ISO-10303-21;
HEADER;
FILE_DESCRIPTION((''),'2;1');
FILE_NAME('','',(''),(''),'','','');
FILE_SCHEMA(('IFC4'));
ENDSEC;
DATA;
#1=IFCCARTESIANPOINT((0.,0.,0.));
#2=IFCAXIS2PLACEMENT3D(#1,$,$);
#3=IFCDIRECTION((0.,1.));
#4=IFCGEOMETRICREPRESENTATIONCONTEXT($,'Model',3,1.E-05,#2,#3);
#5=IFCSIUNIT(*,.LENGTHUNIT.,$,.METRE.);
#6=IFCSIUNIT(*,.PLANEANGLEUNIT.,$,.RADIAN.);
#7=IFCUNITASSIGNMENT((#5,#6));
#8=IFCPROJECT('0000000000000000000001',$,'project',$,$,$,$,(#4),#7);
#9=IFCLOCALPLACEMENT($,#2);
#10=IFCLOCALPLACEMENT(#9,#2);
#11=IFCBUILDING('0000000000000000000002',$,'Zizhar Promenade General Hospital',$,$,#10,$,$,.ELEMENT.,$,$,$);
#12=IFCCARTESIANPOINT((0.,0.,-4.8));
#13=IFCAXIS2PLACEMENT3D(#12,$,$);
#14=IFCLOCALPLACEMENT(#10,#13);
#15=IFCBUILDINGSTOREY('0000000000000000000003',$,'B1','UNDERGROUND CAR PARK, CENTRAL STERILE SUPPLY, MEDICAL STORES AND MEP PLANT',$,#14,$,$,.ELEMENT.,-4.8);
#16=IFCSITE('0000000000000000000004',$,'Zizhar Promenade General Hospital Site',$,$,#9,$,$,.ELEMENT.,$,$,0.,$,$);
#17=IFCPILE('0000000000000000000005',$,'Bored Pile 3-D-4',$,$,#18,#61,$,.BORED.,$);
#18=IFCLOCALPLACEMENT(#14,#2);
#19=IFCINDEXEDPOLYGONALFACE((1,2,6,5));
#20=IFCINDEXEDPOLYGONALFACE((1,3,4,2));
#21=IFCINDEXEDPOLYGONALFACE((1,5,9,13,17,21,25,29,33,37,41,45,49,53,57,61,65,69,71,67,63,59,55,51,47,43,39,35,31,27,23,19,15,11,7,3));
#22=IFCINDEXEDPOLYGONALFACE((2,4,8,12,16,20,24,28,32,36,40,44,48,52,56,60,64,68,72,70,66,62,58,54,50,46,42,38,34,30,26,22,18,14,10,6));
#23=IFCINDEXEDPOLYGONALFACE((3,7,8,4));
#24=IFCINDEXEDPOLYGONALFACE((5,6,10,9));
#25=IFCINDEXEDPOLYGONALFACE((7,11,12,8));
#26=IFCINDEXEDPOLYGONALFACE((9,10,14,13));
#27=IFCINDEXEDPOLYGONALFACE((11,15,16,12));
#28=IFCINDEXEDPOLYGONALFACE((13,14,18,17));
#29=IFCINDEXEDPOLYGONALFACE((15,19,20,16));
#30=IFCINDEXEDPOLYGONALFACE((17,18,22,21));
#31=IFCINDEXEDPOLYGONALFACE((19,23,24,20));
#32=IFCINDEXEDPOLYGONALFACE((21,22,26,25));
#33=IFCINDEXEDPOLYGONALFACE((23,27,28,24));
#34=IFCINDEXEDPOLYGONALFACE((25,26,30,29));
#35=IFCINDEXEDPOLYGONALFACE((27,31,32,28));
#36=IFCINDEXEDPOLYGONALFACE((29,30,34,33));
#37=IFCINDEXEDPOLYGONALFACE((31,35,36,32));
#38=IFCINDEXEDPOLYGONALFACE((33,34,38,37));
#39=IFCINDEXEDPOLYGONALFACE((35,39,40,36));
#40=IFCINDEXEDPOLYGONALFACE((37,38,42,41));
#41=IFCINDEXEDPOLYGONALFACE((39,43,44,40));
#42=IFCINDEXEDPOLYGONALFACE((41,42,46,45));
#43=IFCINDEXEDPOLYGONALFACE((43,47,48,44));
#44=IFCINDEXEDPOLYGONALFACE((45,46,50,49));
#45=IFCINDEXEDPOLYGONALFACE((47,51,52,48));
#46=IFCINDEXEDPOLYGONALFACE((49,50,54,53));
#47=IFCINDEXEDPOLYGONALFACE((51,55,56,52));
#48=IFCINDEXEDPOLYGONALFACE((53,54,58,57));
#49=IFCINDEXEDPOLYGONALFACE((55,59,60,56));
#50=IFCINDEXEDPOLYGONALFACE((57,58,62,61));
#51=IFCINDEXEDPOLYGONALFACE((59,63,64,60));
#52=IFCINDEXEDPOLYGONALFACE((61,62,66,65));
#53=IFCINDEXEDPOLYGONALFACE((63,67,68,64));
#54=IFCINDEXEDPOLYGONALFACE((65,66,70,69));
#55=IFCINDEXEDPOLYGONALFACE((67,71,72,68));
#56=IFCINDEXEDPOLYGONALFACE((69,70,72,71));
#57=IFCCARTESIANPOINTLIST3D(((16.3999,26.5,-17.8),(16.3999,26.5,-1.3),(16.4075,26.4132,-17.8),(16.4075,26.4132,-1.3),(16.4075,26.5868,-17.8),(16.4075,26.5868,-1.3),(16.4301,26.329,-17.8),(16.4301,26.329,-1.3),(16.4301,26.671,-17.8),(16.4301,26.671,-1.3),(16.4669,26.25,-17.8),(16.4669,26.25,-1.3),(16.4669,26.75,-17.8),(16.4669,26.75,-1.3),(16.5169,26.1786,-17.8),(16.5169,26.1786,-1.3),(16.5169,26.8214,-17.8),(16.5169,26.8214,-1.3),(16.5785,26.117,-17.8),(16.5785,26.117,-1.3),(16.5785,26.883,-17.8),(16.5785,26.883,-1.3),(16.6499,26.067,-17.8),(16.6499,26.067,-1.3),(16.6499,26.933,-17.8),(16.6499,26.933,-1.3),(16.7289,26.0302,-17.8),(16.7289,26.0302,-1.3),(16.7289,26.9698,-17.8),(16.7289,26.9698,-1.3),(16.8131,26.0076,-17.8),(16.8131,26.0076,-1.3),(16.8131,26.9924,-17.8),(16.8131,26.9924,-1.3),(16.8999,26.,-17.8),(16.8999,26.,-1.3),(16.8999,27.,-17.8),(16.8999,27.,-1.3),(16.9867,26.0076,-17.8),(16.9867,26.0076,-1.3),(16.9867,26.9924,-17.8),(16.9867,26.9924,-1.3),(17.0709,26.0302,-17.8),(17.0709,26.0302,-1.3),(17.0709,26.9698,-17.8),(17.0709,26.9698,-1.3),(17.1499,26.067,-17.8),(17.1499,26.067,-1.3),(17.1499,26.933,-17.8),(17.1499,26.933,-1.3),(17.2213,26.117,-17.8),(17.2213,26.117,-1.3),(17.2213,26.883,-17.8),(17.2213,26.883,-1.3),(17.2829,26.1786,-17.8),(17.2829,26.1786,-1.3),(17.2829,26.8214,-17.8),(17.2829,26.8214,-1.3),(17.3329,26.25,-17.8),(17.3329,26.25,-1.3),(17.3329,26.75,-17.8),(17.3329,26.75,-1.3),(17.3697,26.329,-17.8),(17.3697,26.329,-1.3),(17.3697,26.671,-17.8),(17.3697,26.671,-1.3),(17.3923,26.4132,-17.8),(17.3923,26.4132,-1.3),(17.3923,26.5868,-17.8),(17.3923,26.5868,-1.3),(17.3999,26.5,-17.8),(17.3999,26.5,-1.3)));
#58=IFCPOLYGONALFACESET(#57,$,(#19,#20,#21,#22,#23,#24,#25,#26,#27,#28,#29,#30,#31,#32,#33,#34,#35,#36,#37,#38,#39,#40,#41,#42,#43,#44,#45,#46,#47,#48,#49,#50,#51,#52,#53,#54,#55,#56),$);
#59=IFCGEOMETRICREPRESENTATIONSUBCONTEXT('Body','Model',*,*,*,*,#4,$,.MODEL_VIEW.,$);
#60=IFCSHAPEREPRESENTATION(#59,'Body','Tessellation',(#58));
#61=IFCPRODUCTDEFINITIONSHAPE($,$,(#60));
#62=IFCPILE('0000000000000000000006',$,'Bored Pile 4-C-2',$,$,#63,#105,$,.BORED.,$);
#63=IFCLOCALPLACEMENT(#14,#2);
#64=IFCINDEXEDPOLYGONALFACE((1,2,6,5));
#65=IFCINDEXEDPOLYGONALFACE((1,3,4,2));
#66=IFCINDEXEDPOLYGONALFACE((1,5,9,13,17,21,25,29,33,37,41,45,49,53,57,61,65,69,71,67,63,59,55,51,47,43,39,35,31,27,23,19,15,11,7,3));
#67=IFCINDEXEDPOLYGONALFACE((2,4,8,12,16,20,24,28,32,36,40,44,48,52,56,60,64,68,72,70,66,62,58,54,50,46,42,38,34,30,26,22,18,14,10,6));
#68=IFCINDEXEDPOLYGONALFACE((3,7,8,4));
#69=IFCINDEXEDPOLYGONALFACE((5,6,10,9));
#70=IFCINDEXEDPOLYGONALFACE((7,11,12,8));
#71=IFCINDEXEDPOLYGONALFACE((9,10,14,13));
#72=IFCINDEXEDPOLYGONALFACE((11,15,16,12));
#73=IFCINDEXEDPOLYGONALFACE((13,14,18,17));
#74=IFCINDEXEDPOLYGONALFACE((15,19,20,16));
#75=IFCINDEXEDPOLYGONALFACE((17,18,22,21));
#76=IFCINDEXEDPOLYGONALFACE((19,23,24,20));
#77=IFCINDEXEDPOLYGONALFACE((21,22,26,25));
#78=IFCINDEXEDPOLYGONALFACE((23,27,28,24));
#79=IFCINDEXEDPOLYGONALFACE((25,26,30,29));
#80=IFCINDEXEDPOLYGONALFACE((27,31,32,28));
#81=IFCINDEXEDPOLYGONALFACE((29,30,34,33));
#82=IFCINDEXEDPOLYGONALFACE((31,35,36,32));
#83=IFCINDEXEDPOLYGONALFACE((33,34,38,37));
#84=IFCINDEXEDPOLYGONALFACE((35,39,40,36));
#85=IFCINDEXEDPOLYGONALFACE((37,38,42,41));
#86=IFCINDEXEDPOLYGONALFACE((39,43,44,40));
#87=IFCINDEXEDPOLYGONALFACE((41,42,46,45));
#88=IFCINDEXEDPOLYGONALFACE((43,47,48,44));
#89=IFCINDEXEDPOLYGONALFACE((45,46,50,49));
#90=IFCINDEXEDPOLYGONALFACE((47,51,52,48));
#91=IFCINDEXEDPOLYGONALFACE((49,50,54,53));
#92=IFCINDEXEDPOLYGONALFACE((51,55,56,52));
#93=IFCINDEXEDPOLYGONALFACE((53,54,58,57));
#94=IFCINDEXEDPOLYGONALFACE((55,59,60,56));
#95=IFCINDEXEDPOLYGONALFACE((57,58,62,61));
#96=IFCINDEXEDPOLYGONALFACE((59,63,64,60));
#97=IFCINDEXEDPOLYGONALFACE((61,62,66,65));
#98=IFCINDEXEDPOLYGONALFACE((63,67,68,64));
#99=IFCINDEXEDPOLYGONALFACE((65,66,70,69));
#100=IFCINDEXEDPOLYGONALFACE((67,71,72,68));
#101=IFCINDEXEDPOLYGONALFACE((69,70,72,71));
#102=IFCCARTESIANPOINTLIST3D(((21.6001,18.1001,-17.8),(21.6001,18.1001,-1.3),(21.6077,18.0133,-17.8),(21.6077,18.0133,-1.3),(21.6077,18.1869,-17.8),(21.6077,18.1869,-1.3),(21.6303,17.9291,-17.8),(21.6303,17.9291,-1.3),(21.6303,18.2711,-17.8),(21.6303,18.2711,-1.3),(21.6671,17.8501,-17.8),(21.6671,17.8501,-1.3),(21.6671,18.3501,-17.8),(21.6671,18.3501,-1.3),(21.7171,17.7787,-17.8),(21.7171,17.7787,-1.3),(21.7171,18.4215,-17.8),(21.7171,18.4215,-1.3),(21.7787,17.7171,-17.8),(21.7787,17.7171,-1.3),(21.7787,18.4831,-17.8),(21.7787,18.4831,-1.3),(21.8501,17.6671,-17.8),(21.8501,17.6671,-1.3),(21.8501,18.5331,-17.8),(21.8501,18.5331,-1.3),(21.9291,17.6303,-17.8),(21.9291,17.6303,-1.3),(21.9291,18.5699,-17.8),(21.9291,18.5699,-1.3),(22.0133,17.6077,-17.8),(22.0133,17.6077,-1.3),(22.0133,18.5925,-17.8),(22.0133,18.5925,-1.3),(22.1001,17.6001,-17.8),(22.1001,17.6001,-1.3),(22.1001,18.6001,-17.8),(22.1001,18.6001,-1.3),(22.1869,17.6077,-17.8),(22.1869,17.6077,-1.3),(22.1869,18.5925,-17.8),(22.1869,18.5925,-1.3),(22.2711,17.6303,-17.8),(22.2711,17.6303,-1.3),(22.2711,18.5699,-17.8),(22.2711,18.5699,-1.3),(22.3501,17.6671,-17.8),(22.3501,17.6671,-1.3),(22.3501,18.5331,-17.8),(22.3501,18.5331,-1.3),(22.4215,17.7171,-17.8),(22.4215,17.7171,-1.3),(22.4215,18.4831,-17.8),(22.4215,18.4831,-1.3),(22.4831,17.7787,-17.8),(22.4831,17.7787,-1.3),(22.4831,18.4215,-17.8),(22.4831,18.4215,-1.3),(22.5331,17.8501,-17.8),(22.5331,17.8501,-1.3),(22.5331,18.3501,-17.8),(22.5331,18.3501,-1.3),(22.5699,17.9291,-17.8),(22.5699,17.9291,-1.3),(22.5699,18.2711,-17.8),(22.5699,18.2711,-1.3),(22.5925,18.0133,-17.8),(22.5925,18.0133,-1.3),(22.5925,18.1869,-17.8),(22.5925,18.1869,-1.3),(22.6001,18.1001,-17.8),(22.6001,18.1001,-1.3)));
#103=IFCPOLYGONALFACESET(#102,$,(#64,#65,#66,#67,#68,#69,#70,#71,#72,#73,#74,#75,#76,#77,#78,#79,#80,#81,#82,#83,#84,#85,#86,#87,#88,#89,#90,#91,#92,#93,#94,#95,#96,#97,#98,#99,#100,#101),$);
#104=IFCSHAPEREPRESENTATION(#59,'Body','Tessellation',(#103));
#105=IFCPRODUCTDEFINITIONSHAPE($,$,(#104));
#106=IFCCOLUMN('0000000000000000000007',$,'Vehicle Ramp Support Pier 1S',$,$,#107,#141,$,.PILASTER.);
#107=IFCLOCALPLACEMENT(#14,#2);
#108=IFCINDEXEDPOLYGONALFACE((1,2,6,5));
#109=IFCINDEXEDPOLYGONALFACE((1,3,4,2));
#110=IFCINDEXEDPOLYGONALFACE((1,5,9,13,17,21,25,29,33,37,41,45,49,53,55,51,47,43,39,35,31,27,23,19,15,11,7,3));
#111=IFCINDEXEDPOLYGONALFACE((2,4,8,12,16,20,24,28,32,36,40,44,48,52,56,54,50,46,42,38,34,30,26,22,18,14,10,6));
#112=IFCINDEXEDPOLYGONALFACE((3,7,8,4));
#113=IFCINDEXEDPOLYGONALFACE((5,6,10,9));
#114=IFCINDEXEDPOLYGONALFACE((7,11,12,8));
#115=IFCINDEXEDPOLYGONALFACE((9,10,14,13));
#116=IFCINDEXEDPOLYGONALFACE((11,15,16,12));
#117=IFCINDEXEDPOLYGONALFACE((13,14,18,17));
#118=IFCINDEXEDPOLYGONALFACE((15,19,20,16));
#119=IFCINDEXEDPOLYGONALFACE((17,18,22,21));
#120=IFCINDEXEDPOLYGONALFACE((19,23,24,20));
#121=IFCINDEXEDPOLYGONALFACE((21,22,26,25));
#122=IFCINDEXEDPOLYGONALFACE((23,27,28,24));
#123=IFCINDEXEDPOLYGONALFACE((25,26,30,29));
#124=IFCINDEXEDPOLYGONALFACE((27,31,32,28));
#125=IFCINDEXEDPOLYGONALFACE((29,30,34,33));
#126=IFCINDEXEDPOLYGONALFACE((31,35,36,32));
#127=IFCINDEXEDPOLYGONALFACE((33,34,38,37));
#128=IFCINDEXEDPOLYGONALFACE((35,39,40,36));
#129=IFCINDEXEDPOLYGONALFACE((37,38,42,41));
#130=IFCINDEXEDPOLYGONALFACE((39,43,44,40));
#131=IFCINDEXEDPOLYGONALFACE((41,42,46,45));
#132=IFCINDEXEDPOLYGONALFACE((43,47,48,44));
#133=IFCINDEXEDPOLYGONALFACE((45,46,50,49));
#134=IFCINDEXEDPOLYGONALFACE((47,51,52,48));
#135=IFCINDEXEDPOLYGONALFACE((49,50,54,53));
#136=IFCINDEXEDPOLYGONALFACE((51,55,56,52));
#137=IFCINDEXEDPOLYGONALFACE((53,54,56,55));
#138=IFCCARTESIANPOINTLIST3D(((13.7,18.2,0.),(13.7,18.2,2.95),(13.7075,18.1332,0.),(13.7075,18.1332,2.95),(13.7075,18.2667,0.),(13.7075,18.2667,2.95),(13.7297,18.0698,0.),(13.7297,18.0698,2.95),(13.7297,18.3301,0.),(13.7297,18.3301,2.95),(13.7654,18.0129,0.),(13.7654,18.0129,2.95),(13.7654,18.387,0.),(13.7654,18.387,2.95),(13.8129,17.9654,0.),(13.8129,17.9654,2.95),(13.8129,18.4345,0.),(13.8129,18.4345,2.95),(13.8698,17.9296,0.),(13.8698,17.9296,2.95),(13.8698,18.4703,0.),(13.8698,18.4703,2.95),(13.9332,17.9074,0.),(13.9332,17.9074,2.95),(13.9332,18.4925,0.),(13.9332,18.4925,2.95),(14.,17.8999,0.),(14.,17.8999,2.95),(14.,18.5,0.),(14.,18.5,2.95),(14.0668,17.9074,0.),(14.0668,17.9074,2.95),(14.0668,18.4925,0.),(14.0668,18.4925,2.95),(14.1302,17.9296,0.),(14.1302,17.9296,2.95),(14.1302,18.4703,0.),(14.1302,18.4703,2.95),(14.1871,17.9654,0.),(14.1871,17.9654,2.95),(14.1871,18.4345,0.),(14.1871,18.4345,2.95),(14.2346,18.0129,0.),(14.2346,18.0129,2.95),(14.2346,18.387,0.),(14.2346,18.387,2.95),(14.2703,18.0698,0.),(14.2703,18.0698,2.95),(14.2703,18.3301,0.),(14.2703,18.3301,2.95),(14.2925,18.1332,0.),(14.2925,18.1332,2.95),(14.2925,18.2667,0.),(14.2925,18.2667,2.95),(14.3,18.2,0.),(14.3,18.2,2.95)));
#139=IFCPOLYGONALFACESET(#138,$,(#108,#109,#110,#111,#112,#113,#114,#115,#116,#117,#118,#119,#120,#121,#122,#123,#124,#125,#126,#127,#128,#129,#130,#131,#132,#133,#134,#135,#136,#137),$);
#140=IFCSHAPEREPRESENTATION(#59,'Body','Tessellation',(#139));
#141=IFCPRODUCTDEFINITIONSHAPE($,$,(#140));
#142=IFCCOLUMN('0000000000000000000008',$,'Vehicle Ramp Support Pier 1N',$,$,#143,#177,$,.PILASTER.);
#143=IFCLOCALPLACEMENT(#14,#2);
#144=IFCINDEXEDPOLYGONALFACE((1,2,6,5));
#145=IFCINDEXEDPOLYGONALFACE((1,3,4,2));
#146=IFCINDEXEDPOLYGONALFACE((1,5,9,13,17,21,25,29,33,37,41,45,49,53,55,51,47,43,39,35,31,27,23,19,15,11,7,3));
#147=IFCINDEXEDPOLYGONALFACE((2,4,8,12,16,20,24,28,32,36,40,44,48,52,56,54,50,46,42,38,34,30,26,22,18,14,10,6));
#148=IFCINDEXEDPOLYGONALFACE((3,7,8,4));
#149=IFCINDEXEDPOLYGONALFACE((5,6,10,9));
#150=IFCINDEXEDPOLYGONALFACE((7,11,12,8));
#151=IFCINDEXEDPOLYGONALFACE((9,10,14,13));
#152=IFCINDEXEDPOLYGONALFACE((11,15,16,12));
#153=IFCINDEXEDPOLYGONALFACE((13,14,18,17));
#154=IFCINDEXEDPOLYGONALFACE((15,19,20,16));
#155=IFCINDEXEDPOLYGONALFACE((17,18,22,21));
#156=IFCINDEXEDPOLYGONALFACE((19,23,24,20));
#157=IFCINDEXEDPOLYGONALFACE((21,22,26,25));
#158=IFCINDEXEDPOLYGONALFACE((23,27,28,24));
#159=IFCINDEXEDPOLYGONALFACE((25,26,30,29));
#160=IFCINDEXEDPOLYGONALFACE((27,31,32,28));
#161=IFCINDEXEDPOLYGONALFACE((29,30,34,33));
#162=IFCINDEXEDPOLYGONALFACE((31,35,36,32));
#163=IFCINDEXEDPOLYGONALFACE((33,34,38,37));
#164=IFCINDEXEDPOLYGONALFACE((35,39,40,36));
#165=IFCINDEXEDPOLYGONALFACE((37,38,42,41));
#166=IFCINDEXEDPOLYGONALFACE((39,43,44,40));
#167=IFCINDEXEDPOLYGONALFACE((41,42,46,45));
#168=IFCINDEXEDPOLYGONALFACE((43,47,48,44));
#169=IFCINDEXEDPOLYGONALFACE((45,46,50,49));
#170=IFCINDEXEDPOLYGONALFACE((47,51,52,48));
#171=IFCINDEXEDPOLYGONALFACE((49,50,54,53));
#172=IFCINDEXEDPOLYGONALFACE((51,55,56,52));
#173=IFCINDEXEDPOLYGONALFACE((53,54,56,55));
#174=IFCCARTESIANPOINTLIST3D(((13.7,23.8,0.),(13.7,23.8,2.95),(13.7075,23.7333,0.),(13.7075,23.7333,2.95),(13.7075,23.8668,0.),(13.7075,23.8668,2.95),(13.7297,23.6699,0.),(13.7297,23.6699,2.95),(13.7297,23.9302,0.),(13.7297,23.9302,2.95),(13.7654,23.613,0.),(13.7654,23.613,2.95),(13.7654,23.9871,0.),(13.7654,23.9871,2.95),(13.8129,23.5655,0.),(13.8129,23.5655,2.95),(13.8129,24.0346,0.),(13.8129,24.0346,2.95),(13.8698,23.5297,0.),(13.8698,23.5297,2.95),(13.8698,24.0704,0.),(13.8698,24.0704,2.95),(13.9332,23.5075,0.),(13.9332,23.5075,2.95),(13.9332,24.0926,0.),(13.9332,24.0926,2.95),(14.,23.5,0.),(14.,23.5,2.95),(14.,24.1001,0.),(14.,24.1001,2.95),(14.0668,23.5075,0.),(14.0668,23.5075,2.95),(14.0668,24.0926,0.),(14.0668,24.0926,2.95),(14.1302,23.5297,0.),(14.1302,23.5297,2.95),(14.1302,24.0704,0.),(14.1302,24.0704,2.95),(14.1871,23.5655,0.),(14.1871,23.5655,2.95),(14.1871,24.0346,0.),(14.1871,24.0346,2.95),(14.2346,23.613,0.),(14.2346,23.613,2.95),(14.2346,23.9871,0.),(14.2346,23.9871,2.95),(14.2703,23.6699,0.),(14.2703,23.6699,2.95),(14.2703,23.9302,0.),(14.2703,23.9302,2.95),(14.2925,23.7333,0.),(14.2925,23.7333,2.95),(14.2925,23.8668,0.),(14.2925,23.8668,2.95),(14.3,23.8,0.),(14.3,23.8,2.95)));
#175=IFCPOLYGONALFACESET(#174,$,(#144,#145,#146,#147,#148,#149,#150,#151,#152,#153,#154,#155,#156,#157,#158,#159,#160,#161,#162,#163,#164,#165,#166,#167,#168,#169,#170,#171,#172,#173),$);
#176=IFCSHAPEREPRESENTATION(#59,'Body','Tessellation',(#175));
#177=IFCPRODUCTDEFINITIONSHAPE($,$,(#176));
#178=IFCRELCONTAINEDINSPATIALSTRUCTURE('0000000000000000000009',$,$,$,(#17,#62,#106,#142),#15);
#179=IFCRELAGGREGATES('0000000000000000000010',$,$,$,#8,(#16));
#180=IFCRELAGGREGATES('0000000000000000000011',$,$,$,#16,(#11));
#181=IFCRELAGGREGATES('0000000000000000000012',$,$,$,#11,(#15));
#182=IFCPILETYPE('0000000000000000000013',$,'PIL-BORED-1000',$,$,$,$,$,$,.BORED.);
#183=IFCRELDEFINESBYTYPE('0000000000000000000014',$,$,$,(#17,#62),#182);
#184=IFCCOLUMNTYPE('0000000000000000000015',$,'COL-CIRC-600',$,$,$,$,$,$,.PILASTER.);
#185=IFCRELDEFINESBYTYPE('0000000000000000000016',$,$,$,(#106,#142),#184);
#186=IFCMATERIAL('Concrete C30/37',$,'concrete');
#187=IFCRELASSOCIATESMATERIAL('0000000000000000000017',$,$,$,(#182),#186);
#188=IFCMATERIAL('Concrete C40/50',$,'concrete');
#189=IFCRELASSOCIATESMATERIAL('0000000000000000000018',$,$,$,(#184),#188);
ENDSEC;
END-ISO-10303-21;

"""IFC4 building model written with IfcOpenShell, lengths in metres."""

from ifc_helpers import new_model, si_unit, direction, frame, origin, origin_2d, place, context, subcontext, project, spatial, circle, extrude, material, material_profile, profile_set, type_object, element, save


model = new_model("IFC4")

# Units and contexts
model_context = context("Model", 3, precision=1e-05, world=origin(), true_north=direction((0.0, 1.0)))
body_context = subcontext(model_context, "Body", "Model", "MODEL_VIEW")
ifc_project = project(units=[si_unit("LENGTHUNIT", "METRE"), si_unit("PLANEANGLEUNIT", "RADIAN")], contexts=[model_context])

# Site, building, storey
site_placement = place(None, origin())
site = spatial("IfcSite", under=ifc_project, at=site_placement, Name="Zizhar Promenade General Hospital Site", CompositionType="ELEMENT", RefElevation=0.0)
building_placement = place(site_placement, origin())
building = spatial("IfcBuilding", under=site, at=building_placement, Name="Zizhar Promenade General Hospital", CompositionType="ELEMENT")
storey_placement = place(building_placement, frame((0.0, 0.0, -4.8)))
storey = spatial("IfcBuildingStorey", under=building, at=storey_placement, Name="B1", Description="UNDERGROUND CAR PARK, CENTRAL STERILE SUPPLY, MEDICAL STORES AND MEP PLANT", CompositionType="ELEMENT", Elevation=-4.8)

# Piles
ifc_material_1 = material(Name="Concrete C30/37", Category="concrete")
ifc_material_profile_1 = material_profile(ifc_material_1, circle(Radius=0.5, at=origin_2d()))
ifc_profile_set_1 = profile_set([ifc_material_profile_1], Name="Concrete C30/37")
pile_type = type_object("IfcPileType", Name="PIL-BORED-1000", PredefinedType="BORED", material=ifc_profile_set_1)
for number, where, z_axis, x_axis, name in (
    (1, (16.8999, 26.5, -1.3), (0.0, 0.0, -1.0), (1.0, 0.0, 0.0), "Bored Pile 3-D-4"),
    (2, (22.1001, 18.1001, -1.3), (0.0, 0.0, -1.0), (1.0, 0.0, 0.0), "Bored Pile 4-C-2"),
):
    element("IfcPile", number, at=place(storey_placement, frame(where, z_axis=z_axis, x_axis=x_axis)), inside=storey, type_object=pile_type, Name=name, PredefinedType="BORED", context=body_context, shape_type="SweptSolid", body=[
        extrude(circle(Radius=0.5, at=origin_2d()), origin(), (0.0, 0.0, 1.0), 16.5),
    ])

# Columns
ifc_material_2 = material(Name="Concrete C40/50", Category="concrete")
ifc_material_profile_2 = material_profile(ifc_material_2, circle(Radius=0.3, at=origin_2d()))
ifc_profile_set_2 = profile_set([ifc_material_profile_2], Name="Concrete C40/50")
column_type_1 = type_object("IfcColumnType", Name="COL-CIRC-600", PredefinedType="PILASTER", material=ifc_profile_set_2)
for number, where, z_axis, x_axis, name in (
    (3, (14.0, 18.2, 0.0), (0.0, 0.0, 1.0), (1.0, 0.0, 0.0), "Vehicle Ramp Support Pier 1S"),
    (4, (14.0, 23.8, 0.0), (0.0, 0.0, 1.0), (1.0, 0.0, 0.0), "Vehicle Ramp Support Pier 1N"),
):
    element("IfcColumn", number, at=place(storey_placement, frame(where, z_axis=z_axis, x_axis=x_axis)), inside=storey, type_object=column_type_1, Name=name, PredefinedType="PILASTER", context=body_context, shape_type="SweptSolid", body=[
        extrude(circle(Radius=0.3, at=origin_2d()), origin(), (0.0, 0.0, 1.0), 2.95),
    ])

save(model, "model.ifc")
